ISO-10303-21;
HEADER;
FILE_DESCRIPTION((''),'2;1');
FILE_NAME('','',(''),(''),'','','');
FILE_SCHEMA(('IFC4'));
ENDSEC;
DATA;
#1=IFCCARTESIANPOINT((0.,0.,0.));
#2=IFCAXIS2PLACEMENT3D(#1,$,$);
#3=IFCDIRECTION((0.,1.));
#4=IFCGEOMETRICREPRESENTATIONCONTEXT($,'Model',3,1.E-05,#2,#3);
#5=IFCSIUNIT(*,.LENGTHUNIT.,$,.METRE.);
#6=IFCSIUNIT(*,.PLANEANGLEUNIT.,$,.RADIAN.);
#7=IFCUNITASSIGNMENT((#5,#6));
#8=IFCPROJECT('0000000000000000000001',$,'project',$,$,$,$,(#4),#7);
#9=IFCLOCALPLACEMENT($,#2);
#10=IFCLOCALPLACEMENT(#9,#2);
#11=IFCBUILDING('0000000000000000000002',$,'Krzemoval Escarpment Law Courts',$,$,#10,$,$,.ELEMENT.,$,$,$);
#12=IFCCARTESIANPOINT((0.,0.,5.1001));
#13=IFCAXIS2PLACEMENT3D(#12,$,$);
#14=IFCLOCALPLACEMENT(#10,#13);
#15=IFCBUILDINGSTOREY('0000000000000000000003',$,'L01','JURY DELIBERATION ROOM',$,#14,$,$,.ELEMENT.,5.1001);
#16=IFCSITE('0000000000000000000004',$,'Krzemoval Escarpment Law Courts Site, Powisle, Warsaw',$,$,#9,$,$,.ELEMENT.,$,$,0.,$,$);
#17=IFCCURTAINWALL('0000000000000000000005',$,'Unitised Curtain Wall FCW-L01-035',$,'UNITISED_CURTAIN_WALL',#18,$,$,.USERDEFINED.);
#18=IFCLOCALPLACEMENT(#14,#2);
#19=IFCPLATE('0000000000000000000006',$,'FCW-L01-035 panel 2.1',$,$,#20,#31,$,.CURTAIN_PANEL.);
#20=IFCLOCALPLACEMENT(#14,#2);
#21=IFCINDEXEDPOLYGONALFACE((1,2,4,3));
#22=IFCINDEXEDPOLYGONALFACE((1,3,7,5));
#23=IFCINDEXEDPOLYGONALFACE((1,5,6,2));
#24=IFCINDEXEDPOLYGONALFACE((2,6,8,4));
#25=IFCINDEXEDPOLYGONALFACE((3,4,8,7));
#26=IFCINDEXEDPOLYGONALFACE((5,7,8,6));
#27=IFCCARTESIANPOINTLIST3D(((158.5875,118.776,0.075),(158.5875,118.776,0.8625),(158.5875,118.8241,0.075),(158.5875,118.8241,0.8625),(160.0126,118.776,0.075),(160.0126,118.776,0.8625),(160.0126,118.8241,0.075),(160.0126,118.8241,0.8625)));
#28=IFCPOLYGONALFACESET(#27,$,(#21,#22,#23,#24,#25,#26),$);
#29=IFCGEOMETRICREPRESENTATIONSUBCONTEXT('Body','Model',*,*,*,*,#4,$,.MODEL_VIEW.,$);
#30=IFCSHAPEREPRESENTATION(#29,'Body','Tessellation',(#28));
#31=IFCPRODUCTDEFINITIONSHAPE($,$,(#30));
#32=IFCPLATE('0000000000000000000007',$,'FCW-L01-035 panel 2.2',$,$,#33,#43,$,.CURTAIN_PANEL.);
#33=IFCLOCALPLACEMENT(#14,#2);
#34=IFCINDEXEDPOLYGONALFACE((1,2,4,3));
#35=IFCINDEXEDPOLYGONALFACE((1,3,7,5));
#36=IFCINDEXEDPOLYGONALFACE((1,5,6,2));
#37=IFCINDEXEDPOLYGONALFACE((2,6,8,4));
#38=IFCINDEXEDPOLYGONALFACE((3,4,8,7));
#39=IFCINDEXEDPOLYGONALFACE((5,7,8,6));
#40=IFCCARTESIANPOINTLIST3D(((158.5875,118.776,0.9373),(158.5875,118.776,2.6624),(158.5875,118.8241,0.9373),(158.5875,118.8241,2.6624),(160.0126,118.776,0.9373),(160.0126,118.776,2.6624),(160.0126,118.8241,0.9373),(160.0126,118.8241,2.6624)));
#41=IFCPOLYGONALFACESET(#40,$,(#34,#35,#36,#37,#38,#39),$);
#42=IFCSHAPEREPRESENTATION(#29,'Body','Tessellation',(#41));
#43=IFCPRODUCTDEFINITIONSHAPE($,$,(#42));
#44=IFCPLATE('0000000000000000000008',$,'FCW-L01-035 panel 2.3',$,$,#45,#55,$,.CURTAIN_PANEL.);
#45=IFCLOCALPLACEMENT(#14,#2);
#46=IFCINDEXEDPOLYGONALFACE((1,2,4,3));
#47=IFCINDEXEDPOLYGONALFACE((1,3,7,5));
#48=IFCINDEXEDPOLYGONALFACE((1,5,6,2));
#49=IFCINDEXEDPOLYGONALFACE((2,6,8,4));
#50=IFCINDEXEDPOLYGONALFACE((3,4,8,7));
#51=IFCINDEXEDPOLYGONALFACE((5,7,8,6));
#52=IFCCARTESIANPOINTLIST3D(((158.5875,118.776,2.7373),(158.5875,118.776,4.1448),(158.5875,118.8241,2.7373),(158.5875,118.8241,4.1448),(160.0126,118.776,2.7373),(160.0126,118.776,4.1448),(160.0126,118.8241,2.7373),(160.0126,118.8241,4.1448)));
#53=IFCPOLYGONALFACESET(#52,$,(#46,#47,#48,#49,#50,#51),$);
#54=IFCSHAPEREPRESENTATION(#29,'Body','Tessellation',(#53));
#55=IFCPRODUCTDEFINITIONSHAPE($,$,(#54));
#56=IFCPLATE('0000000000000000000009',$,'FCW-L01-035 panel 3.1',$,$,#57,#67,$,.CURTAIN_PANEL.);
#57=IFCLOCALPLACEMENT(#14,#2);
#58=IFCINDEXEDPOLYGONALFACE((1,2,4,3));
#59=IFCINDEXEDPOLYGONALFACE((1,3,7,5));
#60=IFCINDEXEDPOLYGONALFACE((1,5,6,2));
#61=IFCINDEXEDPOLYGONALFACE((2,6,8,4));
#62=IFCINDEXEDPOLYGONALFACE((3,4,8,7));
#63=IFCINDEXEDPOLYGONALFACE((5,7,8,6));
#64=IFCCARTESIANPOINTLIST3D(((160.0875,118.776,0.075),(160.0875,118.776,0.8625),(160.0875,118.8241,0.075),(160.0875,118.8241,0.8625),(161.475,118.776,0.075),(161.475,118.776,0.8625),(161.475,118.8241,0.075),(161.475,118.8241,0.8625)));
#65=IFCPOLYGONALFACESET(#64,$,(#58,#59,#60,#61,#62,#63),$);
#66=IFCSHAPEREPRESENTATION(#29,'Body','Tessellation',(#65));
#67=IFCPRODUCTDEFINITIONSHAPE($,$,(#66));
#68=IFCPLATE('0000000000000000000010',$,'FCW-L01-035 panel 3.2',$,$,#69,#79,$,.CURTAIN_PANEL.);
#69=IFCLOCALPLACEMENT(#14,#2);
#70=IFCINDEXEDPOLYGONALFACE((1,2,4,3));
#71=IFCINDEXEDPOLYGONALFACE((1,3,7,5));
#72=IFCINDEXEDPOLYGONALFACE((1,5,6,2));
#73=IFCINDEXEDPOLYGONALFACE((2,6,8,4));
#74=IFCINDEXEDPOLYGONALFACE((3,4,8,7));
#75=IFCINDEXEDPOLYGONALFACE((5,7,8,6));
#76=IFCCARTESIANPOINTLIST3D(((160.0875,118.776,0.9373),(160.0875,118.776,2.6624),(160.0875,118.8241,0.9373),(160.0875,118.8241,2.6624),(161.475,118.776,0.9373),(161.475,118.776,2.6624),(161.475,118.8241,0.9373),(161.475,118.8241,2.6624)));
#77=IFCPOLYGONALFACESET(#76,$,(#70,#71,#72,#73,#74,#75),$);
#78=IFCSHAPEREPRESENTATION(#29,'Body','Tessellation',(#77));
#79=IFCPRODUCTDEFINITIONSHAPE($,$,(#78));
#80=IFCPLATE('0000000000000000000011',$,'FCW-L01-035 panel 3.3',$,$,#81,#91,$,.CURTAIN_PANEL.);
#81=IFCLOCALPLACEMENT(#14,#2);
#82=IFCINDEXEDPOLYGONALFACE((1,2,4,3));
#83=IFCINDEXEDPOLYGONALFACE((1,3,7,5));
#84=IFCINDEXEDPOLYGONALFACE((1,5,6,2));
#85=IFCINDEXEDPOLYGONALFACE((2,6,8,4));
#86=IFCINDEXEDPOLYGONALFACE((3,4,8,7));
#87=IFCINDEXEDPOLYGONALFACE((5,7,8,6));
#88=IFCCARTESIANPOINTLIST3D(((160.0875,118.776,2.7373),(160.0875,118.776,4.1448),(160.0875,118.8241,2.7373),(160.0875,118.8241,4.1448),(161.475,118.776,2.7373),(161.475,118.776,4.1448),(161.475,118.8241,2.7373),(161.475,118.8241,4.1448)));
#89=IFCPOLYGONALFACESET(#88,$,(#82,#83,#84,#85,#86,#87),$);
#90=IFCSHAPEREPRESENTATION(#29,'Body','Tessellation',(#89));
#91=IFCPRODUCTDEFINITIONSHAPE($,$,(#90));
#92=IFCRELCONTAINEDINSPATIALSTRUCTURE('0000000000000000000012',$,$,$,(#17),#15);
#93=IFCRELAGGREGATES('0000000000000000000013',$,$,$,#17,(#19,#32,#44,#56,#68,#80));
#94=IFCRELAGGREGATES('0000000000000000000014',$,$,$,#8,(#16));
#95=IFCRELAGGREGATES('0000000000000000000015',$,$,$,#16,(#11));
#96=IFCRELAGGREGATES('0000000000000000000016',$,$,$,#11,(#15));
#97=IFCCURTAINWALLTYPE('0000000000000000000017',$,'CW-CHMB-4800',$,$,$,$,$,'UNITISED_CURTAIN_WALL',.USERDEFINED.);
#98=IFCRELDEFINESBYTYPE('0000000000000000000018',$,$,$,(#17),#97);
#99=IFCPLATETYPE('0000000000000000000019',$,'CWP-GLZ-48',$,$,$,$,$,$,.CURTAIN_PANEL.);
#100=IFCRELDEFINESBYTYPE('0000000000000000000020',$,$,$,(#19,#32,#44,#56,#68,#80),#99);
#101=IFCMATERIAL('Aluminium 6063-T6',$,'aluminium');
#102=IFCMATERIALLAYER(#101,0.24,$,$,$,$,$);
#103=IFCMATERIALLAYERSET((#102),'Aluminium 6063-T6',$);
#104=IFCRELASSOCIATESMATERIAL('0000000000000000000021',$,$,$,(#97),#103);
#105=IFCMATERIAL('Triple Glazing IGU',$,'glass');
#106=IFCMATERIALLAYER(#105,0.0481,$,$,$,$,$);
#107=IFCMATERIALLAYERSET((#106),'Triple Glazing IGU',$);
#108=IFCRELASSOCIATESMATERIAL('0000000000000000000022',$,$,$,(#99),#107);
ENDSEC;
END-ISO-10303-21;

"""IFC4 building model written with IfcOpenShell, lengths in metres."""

from ifc_helpers import new_model, si_unit, direction, frame, origin, origin_2d, place, context, subcontext, project, spatial, rectangle, extrude, material, layer, layer_set, type_object, element, aggregate, save


model = new_model("IFC4")

# Units and contexts
model_context = context("Model", 3, precision=1e-05, world=origin(), true_north=direction((0.0, 1.0)))
body_context = subcontext(model_context, "Body", "Model", "MODEL_VIEW")
ifc_project = project(units=[si_unit("LENGTHUNIT", "METRE"), si_unit("PLANEANGLEUNIT", "RADIAN")], contexts=[model_context])

# Site, building, storey
site_placement = place(None, origin())
site = spatial("IfcSite", under=ifc_project, at=site_placement, Name="Krzemoval Escarpment Law Courts Site, Powisle, Warsaw", CompositionType="ELEMENT", RefElevation=0.0)
building_placement = place(site_placement, origin())
building = spatial("IfcBuilding", under=site, at=building_placement, Name="Krzemoval Escarpment Law Courts", CompositionType="ELEMENT")
storey_placement = place(building_placement, frame((0.0, 0.0, 5.1001)))
storey = spatial("IfcBuildingStorey", under=building, at=storey_placement, Name="L01", Description="JURY DELIBERATION ROOM", CompositionType="ELEMENT", Elevation=5.1001)

# Shared definitions
ifc_material_1 = material(Name="Aluminium 6063-T6", Category="aluminium")
ifc_layer_1 = layer(ifc_material_1, 0.24)
ifc_layer_set_1 = layer_set([ifc_layer_1], Name="Aluminium 6063-T6")
curtain_wall_type = type_object("IfcCurtainWallType", Name="CW-CHMB-4800", ElementType="UNITISED_CURTAIN_WALL", PredefinedType="USERDEFINED", material=ifc_layer_set_1)

# Curtain wall
curtain_wall_1_placement = place(storey_placement, origin())
curtain_wall_1 = element("IfcCurtainWall", 1, at=curtain_wall_1_placement, inside=storey, type_object=curtain_wall_type, Name="Unitised Curtain Wall FCW-L01-035", ObjectType="UNITISED_CURTAIN_WALL", PredefinedType="USERDEFINED")

# Plates
ifc_material_2 = material(Name="Triple Glazing IGU", Category="glass")
ifc_layer_2 = layer(ifc_material_2, 0.0481)
ifc_layer_set_2 = layer_set([ifc_layer_2], Name="Triple Glazing IGU")
plate_type = type_object("IfcPlateType", Name="CWP-GLZ-48", PredefinedType="CURTAIN_PANEL", material=ifc_layer_set_2)
plate_1_placement = place(storey_placement, frame((159.3, 118.8, 0.075), z_axis=(0.0, 0.0, 1.0), x_axis=(1.0, 0.0, 0.0)))
plate_1 = element("IfcPlate", 2, at=plate_1_placement, type_object=plate_type, Name="FCW-L01-035 panel 2.1", PredefinedType="CURTAIN_PANEL", context=body_context, shape_type="SweptSolid", body=[
    extrude(rectangle(XDim=1.425, YDim=0.0481, at=origin_2d()), origin(), (0.0, 0.0, 1.0), 0.7876),
])
plate_2_placement = place(storey_placement, frame((159.3, 118.8, 0.9373), z_axis=(0.0, 0.0, 1.0), x_axis=(1.0, 0.0, 0.0)))
plate_2 = element("IfcPlate", 3, at=plate_2_placement, type_object=plate_type, Name="FCW-L01-035 panel 2.2", PredefinedType="CURTAIN_PANEL", context=body_context, shape_type="SweptSolid", body=[
    extrude(rectangle(XDim=1.425, YDim=0.0481, at=origin_2d()), origin(), (0.0, 0.0, 1.0), 1.7251),
])
plate_3_placement = place(storey_placement, frame((159.3, 118.8, 2.7373), z_axis=(0.0, 0.0, 1.0), x_axis=(1.0, 0.0, 0.0)))
plate_3 = element("IfcPlate", 4, at=plate_3_placement, type_object=plate_type, Name="FCW-L01-035 panel 2.3", PredefinedType="CURTAIN_PANEL", context=body_context, shape_type="SweptSolid", body=[
    extrude(rectangle(XDim=1.425, YDim=0.0481, at=origin_2d()), origin(), (0.0, 0.0, 1.0), 1.4075),
])
plate_4_placement = place(storey_placement, frame((160.7812, 118.8, 0.075), z_axis=(0.0, 0.0, 1.0), x_axis=(1.0, 0.0, 0.0)))
plate_4 = element("IfcPlate", 5, at=plate_4_placement, type_object=plate_type, Name="FCW-L01-035 panel 3.1", PredefinedType="CURTAIN_PANEL", context=body_context, shape_type="SweptSolid", body=[
    extrude(rectangle(XDim=1.3875, YDim=0.0481, at=origin_2d()), origin(), (0.0, 0.0, 1.0), 0.7876),
])
plate_5_placement = place(storey_placement, frame((160.7812, 118.8, 0.9373), z_axis=(0.0, 0.0, 1.0), x_axis=(1.0, 0.0, 0.0)))
plate_5 = element("IfcPlate", 6, at=plate_5_placement, type_object=plate_type, Name="FCW-L01-035 panel 3.2", PredefinedType="CURTAIN_PANEL", context=body_context, shape_type="SweptSolid", body=[
    extrude(rectangle(XDim=1.3875, YDim=0.0481, at=origin_2d()), origin(), (0.0, 0.0, 1.0), 1.7251),
])
plate_6_placement = place(storey_placement, frame((160.7812, 118.8, 2.7373), z_axis=(0.0, 0.0, 1.0), x_axis=(1.0, 0.0, 0.0)))
plate_6 = element("IfcPlate", 7, at=plate_6_placement, type_object=plate_type, Name="FCW-L01-035 panel 3.3", PredefinedType="CURTAIN_PANEL", context=body_context, shape_type="SweptSolid", body=[
    extrude(rectangle(XDim=1.3875, YDim=0.0481, at=origin_2d()), origin(), (0.0, 0.0, 1.0), 1.4075),
])
aggregate(curtain_wall_1, [plate_1, plate_2, plate_3, plate_4, plate_5, plate_6])

save(model, "model.ifc")
